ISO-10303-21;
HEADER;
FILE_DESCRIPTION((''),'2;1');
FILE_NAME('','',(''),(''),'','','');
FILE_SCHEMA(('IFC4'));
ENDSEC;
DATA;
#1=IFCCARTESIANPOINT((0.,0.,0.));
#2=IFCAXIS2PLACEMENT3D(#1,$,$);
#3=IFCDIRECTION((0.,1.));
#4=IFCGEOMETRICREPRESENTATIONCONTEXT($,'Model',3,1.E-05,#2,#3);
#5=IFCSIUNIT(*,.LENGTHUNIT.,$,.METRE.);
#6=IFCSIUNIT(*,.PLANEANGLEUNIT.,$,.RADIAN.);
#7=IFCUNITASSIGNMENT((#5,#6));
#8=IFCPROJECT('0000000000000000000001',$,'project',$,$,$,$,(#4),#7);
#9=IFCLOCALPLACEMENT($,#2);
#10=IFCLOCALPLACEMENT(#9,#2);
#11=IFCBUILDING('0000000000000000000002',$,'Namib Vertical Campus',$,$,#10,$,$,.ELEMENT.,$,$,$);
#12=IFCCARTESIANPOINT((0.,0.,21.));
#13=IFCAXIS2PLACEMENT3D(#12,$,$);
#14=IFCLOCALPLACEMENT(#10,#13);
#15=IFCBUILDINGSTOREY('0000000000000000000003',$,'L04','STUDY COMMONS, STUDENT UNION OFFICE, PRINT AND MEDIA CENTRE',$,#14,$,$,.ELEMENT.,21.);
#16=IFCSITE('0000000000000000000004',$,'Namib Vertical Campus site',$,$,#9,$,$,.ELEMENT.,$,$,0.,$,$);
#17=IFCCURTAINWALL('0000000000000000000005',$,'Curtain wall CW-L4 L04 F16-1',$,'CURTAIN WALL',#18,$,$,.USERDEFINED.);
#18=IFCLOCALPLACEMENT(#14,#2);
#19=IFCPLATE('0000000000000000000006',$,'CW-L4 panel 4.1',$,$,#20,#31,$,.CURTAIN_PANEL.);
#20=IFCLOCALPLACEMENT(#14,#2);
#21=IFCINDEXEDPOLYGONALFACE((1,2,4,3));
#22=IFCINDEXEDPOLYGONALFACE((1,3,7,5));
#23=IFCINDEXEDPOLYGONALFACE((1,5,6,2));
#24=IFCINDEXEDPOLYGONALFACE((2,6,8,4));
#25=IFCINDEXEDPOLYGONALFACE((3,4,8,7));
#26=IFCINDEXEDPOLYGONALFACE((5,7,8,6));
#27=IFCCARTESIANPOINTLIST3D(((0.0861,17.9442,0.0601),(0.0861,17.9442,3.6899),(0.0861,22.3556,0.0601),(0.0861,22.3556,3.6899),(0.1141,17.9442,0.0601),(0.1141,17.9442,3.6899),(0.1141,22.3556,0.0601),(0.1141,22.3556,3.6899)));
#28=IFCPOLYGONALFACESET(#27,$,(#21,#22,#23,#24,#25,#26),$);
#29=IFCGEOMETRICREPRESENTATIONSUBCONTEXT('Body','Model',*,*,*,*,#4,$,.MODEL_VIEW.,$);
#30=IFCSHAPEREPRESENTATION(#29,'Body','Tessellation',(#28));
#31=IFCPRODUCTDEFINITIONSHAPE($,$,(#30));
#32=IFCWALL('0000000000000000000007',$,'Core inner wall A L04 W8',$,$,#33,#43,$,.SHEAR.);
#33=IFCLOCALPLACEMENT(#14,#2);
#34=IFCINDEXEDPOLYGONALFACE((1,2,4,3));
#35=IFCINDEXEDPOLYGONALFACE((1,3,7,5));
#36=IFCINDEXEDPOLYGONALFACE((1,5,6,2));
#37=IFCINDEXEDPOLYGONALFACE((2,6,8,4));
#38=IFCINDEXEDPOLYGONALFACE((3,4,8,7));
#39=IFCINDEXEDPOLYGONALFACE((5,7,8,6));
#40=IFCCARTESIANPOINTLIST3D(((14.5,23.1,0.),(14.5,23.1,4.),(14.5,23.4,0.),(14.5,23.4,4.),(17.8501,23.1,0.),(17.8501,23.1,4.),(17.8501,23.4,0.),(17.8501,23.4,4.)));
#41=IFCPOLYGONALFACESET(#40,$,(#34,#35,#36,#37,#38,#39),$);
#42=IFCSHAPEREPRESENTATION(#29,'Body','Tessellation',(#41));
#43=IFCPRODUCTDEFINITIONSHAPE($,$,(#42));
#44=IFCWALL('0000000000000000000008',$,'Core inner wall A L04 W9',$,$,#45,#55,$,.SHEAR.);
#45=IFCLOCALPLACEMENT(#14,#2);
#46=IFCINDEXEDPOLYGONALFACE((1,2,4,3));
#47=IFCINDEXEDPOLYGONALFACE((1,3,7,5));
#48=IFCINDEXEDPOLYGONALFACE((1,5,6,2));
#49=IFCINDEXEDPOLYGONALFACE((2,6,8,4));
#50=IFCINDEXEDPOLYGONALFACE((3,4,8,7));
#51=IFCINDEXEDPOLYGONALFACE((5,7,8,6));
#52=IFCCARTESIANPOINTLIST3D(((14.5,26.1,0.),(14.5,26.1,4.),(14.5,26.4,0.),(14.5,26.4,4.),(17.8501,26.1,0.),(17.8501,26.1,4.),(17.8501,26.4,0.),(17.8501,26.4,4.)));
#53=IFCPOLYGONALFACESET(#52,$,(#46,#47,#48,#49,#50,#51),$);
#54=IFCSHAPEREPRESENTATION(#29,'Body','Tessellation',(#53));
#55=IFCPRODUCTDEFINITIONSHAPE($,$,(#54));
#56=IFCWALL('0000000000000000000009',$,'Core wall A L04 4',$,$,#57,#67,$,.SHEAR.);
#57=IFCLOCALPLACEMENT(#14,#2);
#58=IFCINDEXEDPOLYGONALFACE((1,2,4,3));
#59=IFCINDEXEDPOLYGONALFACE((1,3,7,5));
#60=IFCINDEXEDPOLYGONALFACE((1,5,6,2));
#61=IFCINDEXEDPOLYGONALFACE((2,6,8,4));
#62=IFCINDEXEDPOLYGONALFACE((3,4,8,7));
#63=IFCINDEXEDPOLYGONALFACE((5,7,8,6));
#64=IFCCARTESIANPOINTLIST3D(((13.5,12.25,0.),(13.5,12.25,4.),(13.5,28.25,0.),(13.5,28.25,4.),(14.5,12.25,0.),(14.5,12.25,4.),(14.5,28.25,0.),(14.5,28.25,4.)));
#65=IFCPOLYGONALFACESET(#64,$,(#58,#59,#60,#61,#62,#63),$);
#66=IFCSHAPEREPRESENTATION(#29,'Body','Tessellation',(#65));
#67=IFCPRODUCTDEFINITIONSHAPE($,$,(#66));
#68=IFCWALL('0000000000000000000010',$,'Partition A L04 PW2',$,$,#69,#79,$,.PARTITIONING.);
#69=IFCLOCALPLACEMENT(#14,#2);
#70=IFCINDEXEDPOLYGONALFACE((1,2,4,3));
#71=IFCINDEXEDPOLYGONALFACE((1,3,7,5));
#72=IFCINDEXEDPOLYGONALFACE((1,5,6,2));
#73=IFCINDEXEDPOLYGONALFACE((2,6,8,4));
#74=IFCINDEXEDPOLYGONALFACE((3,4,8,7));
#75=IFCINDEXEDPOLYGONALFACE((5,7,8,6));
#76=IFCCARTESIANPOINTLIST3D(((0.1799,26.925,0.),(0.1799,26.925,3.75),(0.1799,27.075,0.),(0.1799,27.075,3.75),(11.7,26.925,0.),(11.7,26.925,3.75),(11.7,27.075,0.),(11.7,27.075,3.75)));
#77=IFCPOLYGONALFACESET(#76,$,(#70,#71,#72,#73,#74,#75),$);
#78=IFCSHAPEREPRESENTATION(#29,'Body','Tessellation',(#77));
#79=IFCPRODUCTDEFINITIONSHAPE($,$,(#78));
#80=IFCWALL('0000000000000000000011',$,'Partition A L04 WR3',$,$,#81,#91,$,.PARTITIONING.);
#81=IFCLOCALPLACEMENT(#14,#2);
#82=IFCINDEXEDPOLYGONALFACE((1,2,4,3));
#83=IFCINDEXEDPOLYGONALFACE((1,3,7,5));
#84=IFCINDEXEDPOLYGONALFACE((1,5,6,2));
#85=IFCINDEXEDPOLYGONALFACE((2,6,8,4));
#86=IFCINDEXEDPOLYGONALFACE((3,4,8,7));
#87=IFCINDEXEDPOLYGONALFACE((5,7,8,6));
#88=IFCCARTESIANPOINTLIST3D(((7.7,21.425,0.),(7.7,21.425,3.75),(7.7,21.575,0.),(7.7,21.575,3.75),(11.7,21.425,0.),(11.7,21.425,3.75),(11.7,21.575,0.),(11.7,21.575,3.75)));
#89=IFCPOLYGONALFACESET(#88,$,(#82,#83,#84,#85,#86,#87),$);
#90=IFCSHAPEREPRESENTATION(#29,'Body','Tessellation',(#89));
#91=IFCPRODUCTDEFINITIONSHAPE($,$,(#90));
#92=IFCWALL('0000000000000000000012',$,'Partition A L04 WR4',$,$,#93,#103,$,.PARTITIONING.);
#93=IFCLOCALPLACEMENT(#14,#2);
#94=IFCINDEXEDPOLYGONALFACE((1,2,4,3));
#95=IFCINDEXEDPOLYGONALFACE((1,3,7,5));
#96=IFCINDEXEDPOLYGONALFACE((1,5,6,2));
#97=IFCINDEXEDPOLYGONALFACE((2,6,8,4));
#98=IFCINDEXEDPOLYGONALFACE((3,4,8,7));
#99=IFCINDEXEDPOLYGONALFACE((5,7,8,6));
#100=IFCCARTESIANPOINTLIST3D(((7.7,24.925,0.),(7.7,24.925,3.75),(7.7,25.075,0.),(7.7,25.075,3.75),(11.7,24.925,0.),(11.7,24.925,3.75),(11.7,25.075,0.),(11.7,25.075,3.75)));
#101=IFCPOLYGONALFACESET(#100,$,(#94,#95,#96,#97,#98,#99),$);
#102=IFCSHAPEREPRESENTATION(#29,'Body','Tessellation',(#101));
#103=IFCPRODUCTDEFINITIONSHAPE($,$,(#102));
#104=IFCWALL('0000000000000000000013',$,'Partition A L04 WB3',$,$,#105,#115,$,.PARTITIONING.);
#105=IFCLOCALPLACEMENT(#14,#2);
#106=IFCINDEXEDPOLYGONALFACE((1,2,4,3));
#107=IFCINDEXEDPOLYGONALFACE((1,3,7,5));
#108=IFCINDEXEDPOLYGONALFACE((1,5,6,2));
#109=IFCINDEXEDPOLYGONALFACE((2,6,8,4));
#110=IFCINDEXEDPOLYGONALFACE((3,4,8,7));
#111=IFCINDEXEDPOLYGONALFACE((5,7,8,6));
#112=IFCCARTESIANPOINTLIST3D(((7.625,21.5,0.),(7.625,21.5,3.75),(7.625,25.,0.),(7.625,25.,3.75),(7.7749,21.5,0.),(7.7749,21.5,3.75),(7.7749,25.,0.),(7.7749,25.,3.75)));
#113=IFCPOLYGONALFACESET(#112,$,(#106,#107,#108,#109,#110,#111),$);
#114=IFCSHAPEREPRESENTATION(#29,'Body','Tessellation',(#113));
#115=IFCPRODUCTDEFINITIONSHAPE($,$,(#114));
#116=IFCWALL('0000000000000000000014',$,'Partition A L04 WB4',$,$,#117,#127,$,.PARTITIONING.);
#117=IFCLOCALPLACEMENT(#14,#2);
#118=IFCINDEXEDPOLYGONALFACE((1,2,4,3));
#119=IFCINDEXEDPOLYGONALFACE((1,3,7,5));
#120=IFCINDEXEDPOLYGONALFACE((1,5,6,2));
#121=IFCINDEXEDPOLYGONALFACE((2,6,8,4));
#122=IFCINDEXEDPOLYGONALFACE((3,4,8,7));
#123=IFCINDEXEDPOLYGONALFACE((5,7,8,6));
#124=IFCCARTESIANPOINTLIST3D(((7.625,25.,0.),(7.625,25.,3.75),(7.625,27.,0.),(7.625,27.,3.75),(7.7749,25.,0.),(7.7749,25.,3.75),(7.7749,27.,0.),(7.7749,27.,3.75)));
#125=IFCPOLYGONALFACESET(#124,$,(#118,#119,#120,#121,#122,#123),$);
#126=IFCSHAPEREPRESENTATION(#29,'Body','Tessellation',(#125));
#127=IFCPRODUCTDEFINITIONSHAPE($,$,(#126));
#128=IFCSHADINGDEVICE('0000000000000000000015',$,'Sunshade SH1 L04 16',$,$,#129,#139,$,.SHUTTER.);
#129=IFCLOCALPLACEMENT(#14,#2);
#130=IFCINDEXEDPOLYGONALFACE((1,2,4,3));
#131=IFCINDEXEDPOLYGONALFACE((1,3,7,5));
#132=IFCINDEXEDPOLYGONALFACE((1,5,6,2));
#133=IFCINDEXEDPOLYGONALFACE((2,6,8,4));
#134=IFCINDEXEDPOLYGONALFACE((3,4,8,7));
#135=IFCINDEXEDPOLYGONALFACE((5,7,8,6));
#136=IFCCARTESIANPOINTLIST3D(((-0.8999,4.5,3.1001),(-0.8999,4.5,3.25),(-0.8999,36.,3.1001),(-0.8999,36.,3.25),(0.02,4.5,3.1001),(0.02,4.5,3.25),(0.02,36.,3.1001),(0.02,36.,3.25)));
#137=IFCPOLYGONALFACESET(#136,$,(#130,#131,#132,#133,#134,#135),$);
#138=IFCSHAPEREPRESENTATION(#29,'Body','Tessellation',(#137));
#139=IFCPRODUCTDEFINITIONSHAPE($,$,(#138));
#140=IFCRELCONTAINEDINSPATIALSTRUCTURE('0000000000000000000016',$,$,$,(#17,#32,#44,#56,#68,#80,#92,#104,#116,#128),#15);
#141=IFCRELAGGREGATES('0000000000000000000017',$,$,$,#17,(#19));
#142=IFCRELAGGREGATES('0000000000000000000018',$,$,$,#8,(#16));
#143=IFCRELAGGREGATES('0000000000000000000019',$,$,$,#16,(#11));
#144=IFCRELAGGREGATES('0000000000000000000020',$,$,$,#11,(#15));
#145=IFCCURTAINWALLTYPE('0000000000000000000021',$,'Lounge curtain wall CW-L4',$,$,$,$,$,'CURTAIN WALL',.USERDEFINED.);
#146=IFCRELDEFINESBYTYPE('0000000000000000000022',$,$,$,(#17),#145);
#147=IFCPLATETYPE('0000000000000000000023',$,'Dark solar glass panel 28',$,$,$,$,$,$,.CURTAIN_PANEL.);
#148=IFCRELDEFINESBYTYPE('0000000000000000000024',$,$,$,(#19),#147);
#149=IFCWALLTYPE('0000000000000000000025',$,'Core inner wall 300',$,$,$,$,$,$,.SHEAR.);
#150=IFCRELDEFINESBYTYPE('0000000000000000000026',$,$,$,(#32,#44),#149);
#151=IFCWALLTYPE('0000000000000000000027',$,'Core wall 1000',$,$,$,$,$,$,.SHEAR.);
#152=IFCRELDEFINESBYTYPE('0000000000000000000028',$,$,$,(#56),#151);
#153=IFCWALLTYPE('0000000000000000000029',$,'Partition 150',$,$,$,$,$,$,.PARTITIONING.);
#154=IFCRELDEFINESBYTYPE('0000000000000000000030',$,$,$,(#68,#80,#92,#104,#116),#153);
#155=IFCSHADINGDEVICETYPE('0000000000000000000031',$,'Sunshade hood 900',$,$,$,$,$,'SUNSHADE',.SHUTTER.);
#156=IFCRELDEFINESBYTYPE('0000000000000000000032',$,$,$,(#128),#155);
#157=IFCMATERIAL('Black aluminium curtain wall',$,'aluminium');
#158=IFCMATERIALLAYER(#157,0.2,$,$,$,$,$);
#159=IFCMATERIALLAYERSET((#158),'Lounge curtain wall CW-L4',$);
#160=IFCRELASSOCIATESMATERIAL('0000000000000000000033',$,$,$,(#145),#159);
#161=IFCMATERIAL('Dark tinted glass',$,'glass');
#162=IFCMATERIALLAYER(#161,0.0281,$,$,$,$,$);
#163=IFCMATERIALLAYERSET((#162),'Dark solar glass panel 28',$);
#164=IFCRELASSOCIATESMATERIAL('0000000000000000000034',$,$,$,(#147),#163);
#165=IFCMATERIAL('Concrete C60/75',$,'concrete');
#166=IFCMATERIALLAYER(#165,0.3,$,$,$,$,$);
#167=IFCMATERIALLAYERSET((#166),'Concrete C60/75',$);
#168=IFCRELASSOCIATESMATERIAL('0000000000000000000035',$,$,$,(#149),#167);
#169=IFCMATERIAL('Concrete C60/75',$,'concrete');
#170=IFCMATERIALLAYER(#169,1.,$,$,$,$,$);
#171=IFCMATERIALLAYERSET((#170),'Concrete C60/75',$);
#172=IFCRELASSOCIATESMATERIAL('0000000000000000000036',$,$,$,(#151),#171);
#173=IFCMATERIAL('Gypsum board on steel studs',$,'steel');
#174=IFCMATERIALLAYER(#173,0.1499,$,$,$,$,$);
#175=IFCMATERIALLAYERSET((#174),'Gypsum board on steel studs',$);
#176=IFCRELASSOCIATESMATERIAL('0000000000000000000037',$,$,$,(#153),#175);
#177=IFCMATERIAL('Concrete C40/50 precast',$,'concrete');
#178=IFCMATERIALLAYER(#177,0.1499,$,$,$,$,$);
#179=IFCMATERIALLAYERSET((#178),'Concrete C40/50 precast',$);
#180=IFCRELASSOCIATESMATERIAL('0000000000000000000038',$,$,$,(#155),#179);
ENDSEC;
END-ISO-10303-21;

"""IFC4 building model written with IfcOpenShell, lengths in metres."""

from ifc_helpers import new_model, si_unit, direction, frame, frame_2d, origin, origin_2d, place, context, subcontext, project, spatial, rectangle, extrude, material, layer, layer_set, type_object, element, aggregate, save


model = new_model("IFC4")

# Units and contexts
model_context = context("Model", 3, precision=1e-05, world=origin(), true_north=direction((0.0, 1.0)))
body_context = subcontext(model_context, "Body", "Model", "MODEL_VIEW")
ifc_project = project(units=[si_unit("LENGTHUNIT", "METRE"), si_unit("PLANEANGLEUNIT", "RADIAN")], contexts=[model_context])

# Site, building, storey
site_placement = place(None, origin())
site = spatial("IfcSite", under=ifc_project, at=site_placement, Name="Namib Vertical Campus site", CompositionType="ELEMENT", RefElevation=0.0)
building_placement = place(site_placement, origin())
building = spatial("IfcBuilding", under=site, at=building_placement, Name="Namib Vertical Campus", CompositionType="ELEMENT")
storey_placement = place(building_placement, frame((0.0, 0.0, 21.0)))
storey = spatial("IfcBuildingStorey", under=building, at=storey_placement, Name="L04", Description="STUDY COMMONS, STUDENT UNION OFFICE, PRINT AND MEDIA CENTRE", CompositionType="ELEMENT", Elevation=21.0)

# Curtain wall
ifc_material_1 = material(Name="Black aluminium curtain wall", Category="aluminium")
ifc_layer_1 = layer(ifc_material_1, 0.2)
ifc_layer_set_1 = layer_set([ifc_layer_1], Name="Lounge curtain wall CW-L4")
curtain_wall_type = type_object("IfcCurtainWallType", Name="Lounge curtain wall CW-L4", ElementType="CURTAIN WALL", PredefinedType="USERDEFINED", material=ifc_layer_set_1)
curtain_wall_placement = place(storey_placement, origin())
curtain_wall = element("IfcCurtainWall", 1, at=curtain_wall_placement, inside=storey, type_object=curtain_wall_type, Name="Curtain wall CW-L4 L04 F16-1", ObjectType="CURTAIN WALL", PredefinedType="USERDEFINED")

# Plate
ifc_material_2 = material(Name="Dark tinted glass", Category="glass")
ifc_layer_2 = layer(ifc_material_2, 0.0281)
ifc_layer_set_2 = layer_set([ifc_layer_2], Name="Dark solar glass panel 28")
plate_type = type_object("IfcPlateType", Name="Dark solar glass panel 28", PredefinedType="CURTAIN_PANEL", material=ifc_layer_set_2)
plate_1_placement = place(storey_placement, frame((0.1001, 20.1499, 0.0601), z_axis=(0.0, 0.0, 1.0), x_axis=(0.0, -1.0, 0.0)))
plate_1 = element("IfcPlate", 2, at=plate_1_placement, type_object=plate_type, Name="CW-L4 panel 4.1", PredefinedType="CURTAIN_PANEL", context=body_context, shape_type="SweptSolid", body=[
    extrude(rectangle(XDim=4.4114, YDim=0.0281, at=origin_2d()), origin(), (0.0, 0.0, 1.0), 3.6299),
])
aggregate(curtain_wall, [plate_1])

# Walls
ifc_material_3 = material(Name="Concrete C60/75", Category="concrete")
ifc_layer_3 = layer(ifc_material_3, 0.3)
ifc_layer_set_3 = layer_set([ifc_layer_3], Name="Concrete C60/75")
wall_type_1 = type_object("IfcWallType", Name="Core inner wall 300", PredefinedType="SHEAR", material=ifc_layer_set_3)
for number, where, z_axis, x_axis, name in (
    (3, (14.5, 23.25, 0.0), (0.0, 0.0, 1.0), (1.0, 0.0, 0.0), "Core inner wall A L04 W8"),
    (4, (14.5, 26.25, 0.0), (0.0, 0.0, 1.0), (1.0, 0.0, 0.0), "Core inner wall A L04 W9"),
):
    element("IfcWall", number, at=place(storey_placement, frame(where, z_axis=z_axis, x_axis=x_axis)), inside=storey, type_object=wall_type_1, Name=name, PredefinedType="SHEAR", context=body_context, shape_type="SweptSolid", body=[
        extrude(rectangle(XDim=3.3501, YDim=0.3, at=frame_2d((1.675, 0.0))), origin(), (0.0, 0.0, 1.0), 4.0),
    ])
ifc_material_4 = material(Name="Concrete C60/75", Category="concrete")
ifc_layer_4 = layer(ifc_material_4, 1.0)
ifc_layer_set_4 = layer_set([ifc_layer_4], Name="Concrete C60/75")
wall_type_2 = type_object("IfcWallType", Name="Core wall 1000", PredefinedType="SHEAR", material=ifc_layer_set_4)
wall_1_placement = place(storey_placement, frame((14.0, 28.25, 0.0), z_axis=(0.0, 0.0, 1.0), x_axis=(0.0, -1.0, 0.0)))
element("IfcWall", 5, at=wall_1_placement, inside=storey, type_object=wall_type_2, Name="Core wall A L04 4", PredefinedType="SHEAR", context=body_context, shape_type="SweptSolid", body=[
    extrude(rectangle(XDim=16.0, YDim=1.0, at=frame_2d((8.0, 0.0))), origin(), (0.0, 0.0, 1.0), 4.0),
])
ifc_material_5 = material(Name="Gypsum board on steel studs", Category="steel")
ifc_layer_5 = layer(ifc_material_5, 0.1499)
ifc_layer_set_5 = layer_set([ifc_layer_5], Name="Gypsum board on steel studs")
wall_type_3 = type_object("IfcWallType", Name="Partition 150", PredefinedType="PARTITIONING", material=ifc_layer_set_5)
wall_2_placement = place(storey_placement, frame((0.1799, 27.0, 0.0), z_axis=(0.0, 0.0, 1.0), x_axis=(1.0, 0.0, 0.0)))
element("IfcWall", 6, at=wall_2_placement, inside=storey, type_object=wall_type_3, Name="Partition A L04 PW2", PredefinedType="PARTITIONING", context=body_context, shape_type="SweptSolid", body=[
    extrude(rectangle(XDim=11.52, YDim=0.1499, at=frame_2d((5.76, 0.0))), origin(), (0.0, 0.0, 1.0), 3.75),
])
for number, where, z_axis, x_axis, name in (
    (7, (11.7, 21.5, 0.0), (0.0, 0.0, 1.0), (-1.0, 0.0, 0.0), "Partition A L04 WR3"),
    (8, (11.7, 25.0, 0.0), (0.0, 0.0, 1.0), (-1.0, 0.0, 0.0), "Partition A L04 WR4"),
):
    element("IfcWall", number, at=place(storey_placement, frame(where, z_axis=z_axis, x_axis=x_axis)), inside=storey, type_object=wall_type_3, Name=name, PredefinedType="PARTITIONING", context=body_context, shape_type="SweptSolid", body=[
        extrude(rectangle(XDim=4.0, YDim=0.1499, at=frame_2d((2.0, 0.0))), origin(), (0.0, 0.0, 1.0), 3.75),
    ])
wall_3_placement = place(storey_placement, frame((7.7, 21.5, 0.0), z_axis=(0.0, 0.0, 1.0), x_axis=(0.0, 1.0, 0.0)))
element("IfcWall", 9, at=wall_3_placement, inside=storey, type_object=wall_type_3, Name="Partition A L04 WB3", PredefinedType="PARTITIONING", context=body_context, shape_type="SweptSolid", body=[
    extrude(rectangle(XDim=3.5, YDim=0.1499, at=frame_2d((1.75, 0.0))), origin(), (0.0, 0.0, 1.0), 3.75),
])
wall_4_placement = place(storey_placement, frame((7.7, 25.0, 0.0), z_axis=(0.0, 0.0, 1.0), x_axis=(0.0, 1.0, 0.0)))
element("IfcWall", 10, at=wall_4_placement, inside=storey, type_object=wall_type_3, Name="Partition A L04 WB4", PredefinedType="PARTITIONING", context=body_context, shape_type="SweptSolid", body=[
    extrude(rectangle(XDim=2.0, YDim=0.1499, at=frame_2d((1.0, 0.0))), origin(), (0.0, 0.0, 1.0), 3.75),
])

# Shading device
ifc_material_6 = material(Name="Concrete C40/50 precast", Category="concrete")
ifc_layer_6 = layer(ifc_material_6, 0.1499)
ifc_layer_set_6 = layer_set([ifc_layer_6], Name="Concrete C40/50 precast")
shading_device_type = type_object("IfcShadingDeviceType", Name="Sunshade hood 900", ElementType="SUNSHADE", PredefinedType="SHUTTER", material=ifc_layer_set_6)
shading_device_placement = place(storey_placement, frame((-0.4399, 20.25, 3.1001), z_axis=(0.0, 0.0, 1.0), x_axis=(0.0, -1.0, 0.0)))
element("IfcShadingDevice", 11, at=shading_device_placement, inside=storey, type_object=shading_device_type, Name="Sunshade SH1 L04 16", PredefinedType="SHUTTER", context=body_context, shape_type="SweptSolid", body=[
    extrude(rectangle(XDim=31.5, YDim=0.9199, at=origin_2d()), origin(), (0.0, 0.0, 1.0), 0.1499),
])

save(model, "model.ifc")
